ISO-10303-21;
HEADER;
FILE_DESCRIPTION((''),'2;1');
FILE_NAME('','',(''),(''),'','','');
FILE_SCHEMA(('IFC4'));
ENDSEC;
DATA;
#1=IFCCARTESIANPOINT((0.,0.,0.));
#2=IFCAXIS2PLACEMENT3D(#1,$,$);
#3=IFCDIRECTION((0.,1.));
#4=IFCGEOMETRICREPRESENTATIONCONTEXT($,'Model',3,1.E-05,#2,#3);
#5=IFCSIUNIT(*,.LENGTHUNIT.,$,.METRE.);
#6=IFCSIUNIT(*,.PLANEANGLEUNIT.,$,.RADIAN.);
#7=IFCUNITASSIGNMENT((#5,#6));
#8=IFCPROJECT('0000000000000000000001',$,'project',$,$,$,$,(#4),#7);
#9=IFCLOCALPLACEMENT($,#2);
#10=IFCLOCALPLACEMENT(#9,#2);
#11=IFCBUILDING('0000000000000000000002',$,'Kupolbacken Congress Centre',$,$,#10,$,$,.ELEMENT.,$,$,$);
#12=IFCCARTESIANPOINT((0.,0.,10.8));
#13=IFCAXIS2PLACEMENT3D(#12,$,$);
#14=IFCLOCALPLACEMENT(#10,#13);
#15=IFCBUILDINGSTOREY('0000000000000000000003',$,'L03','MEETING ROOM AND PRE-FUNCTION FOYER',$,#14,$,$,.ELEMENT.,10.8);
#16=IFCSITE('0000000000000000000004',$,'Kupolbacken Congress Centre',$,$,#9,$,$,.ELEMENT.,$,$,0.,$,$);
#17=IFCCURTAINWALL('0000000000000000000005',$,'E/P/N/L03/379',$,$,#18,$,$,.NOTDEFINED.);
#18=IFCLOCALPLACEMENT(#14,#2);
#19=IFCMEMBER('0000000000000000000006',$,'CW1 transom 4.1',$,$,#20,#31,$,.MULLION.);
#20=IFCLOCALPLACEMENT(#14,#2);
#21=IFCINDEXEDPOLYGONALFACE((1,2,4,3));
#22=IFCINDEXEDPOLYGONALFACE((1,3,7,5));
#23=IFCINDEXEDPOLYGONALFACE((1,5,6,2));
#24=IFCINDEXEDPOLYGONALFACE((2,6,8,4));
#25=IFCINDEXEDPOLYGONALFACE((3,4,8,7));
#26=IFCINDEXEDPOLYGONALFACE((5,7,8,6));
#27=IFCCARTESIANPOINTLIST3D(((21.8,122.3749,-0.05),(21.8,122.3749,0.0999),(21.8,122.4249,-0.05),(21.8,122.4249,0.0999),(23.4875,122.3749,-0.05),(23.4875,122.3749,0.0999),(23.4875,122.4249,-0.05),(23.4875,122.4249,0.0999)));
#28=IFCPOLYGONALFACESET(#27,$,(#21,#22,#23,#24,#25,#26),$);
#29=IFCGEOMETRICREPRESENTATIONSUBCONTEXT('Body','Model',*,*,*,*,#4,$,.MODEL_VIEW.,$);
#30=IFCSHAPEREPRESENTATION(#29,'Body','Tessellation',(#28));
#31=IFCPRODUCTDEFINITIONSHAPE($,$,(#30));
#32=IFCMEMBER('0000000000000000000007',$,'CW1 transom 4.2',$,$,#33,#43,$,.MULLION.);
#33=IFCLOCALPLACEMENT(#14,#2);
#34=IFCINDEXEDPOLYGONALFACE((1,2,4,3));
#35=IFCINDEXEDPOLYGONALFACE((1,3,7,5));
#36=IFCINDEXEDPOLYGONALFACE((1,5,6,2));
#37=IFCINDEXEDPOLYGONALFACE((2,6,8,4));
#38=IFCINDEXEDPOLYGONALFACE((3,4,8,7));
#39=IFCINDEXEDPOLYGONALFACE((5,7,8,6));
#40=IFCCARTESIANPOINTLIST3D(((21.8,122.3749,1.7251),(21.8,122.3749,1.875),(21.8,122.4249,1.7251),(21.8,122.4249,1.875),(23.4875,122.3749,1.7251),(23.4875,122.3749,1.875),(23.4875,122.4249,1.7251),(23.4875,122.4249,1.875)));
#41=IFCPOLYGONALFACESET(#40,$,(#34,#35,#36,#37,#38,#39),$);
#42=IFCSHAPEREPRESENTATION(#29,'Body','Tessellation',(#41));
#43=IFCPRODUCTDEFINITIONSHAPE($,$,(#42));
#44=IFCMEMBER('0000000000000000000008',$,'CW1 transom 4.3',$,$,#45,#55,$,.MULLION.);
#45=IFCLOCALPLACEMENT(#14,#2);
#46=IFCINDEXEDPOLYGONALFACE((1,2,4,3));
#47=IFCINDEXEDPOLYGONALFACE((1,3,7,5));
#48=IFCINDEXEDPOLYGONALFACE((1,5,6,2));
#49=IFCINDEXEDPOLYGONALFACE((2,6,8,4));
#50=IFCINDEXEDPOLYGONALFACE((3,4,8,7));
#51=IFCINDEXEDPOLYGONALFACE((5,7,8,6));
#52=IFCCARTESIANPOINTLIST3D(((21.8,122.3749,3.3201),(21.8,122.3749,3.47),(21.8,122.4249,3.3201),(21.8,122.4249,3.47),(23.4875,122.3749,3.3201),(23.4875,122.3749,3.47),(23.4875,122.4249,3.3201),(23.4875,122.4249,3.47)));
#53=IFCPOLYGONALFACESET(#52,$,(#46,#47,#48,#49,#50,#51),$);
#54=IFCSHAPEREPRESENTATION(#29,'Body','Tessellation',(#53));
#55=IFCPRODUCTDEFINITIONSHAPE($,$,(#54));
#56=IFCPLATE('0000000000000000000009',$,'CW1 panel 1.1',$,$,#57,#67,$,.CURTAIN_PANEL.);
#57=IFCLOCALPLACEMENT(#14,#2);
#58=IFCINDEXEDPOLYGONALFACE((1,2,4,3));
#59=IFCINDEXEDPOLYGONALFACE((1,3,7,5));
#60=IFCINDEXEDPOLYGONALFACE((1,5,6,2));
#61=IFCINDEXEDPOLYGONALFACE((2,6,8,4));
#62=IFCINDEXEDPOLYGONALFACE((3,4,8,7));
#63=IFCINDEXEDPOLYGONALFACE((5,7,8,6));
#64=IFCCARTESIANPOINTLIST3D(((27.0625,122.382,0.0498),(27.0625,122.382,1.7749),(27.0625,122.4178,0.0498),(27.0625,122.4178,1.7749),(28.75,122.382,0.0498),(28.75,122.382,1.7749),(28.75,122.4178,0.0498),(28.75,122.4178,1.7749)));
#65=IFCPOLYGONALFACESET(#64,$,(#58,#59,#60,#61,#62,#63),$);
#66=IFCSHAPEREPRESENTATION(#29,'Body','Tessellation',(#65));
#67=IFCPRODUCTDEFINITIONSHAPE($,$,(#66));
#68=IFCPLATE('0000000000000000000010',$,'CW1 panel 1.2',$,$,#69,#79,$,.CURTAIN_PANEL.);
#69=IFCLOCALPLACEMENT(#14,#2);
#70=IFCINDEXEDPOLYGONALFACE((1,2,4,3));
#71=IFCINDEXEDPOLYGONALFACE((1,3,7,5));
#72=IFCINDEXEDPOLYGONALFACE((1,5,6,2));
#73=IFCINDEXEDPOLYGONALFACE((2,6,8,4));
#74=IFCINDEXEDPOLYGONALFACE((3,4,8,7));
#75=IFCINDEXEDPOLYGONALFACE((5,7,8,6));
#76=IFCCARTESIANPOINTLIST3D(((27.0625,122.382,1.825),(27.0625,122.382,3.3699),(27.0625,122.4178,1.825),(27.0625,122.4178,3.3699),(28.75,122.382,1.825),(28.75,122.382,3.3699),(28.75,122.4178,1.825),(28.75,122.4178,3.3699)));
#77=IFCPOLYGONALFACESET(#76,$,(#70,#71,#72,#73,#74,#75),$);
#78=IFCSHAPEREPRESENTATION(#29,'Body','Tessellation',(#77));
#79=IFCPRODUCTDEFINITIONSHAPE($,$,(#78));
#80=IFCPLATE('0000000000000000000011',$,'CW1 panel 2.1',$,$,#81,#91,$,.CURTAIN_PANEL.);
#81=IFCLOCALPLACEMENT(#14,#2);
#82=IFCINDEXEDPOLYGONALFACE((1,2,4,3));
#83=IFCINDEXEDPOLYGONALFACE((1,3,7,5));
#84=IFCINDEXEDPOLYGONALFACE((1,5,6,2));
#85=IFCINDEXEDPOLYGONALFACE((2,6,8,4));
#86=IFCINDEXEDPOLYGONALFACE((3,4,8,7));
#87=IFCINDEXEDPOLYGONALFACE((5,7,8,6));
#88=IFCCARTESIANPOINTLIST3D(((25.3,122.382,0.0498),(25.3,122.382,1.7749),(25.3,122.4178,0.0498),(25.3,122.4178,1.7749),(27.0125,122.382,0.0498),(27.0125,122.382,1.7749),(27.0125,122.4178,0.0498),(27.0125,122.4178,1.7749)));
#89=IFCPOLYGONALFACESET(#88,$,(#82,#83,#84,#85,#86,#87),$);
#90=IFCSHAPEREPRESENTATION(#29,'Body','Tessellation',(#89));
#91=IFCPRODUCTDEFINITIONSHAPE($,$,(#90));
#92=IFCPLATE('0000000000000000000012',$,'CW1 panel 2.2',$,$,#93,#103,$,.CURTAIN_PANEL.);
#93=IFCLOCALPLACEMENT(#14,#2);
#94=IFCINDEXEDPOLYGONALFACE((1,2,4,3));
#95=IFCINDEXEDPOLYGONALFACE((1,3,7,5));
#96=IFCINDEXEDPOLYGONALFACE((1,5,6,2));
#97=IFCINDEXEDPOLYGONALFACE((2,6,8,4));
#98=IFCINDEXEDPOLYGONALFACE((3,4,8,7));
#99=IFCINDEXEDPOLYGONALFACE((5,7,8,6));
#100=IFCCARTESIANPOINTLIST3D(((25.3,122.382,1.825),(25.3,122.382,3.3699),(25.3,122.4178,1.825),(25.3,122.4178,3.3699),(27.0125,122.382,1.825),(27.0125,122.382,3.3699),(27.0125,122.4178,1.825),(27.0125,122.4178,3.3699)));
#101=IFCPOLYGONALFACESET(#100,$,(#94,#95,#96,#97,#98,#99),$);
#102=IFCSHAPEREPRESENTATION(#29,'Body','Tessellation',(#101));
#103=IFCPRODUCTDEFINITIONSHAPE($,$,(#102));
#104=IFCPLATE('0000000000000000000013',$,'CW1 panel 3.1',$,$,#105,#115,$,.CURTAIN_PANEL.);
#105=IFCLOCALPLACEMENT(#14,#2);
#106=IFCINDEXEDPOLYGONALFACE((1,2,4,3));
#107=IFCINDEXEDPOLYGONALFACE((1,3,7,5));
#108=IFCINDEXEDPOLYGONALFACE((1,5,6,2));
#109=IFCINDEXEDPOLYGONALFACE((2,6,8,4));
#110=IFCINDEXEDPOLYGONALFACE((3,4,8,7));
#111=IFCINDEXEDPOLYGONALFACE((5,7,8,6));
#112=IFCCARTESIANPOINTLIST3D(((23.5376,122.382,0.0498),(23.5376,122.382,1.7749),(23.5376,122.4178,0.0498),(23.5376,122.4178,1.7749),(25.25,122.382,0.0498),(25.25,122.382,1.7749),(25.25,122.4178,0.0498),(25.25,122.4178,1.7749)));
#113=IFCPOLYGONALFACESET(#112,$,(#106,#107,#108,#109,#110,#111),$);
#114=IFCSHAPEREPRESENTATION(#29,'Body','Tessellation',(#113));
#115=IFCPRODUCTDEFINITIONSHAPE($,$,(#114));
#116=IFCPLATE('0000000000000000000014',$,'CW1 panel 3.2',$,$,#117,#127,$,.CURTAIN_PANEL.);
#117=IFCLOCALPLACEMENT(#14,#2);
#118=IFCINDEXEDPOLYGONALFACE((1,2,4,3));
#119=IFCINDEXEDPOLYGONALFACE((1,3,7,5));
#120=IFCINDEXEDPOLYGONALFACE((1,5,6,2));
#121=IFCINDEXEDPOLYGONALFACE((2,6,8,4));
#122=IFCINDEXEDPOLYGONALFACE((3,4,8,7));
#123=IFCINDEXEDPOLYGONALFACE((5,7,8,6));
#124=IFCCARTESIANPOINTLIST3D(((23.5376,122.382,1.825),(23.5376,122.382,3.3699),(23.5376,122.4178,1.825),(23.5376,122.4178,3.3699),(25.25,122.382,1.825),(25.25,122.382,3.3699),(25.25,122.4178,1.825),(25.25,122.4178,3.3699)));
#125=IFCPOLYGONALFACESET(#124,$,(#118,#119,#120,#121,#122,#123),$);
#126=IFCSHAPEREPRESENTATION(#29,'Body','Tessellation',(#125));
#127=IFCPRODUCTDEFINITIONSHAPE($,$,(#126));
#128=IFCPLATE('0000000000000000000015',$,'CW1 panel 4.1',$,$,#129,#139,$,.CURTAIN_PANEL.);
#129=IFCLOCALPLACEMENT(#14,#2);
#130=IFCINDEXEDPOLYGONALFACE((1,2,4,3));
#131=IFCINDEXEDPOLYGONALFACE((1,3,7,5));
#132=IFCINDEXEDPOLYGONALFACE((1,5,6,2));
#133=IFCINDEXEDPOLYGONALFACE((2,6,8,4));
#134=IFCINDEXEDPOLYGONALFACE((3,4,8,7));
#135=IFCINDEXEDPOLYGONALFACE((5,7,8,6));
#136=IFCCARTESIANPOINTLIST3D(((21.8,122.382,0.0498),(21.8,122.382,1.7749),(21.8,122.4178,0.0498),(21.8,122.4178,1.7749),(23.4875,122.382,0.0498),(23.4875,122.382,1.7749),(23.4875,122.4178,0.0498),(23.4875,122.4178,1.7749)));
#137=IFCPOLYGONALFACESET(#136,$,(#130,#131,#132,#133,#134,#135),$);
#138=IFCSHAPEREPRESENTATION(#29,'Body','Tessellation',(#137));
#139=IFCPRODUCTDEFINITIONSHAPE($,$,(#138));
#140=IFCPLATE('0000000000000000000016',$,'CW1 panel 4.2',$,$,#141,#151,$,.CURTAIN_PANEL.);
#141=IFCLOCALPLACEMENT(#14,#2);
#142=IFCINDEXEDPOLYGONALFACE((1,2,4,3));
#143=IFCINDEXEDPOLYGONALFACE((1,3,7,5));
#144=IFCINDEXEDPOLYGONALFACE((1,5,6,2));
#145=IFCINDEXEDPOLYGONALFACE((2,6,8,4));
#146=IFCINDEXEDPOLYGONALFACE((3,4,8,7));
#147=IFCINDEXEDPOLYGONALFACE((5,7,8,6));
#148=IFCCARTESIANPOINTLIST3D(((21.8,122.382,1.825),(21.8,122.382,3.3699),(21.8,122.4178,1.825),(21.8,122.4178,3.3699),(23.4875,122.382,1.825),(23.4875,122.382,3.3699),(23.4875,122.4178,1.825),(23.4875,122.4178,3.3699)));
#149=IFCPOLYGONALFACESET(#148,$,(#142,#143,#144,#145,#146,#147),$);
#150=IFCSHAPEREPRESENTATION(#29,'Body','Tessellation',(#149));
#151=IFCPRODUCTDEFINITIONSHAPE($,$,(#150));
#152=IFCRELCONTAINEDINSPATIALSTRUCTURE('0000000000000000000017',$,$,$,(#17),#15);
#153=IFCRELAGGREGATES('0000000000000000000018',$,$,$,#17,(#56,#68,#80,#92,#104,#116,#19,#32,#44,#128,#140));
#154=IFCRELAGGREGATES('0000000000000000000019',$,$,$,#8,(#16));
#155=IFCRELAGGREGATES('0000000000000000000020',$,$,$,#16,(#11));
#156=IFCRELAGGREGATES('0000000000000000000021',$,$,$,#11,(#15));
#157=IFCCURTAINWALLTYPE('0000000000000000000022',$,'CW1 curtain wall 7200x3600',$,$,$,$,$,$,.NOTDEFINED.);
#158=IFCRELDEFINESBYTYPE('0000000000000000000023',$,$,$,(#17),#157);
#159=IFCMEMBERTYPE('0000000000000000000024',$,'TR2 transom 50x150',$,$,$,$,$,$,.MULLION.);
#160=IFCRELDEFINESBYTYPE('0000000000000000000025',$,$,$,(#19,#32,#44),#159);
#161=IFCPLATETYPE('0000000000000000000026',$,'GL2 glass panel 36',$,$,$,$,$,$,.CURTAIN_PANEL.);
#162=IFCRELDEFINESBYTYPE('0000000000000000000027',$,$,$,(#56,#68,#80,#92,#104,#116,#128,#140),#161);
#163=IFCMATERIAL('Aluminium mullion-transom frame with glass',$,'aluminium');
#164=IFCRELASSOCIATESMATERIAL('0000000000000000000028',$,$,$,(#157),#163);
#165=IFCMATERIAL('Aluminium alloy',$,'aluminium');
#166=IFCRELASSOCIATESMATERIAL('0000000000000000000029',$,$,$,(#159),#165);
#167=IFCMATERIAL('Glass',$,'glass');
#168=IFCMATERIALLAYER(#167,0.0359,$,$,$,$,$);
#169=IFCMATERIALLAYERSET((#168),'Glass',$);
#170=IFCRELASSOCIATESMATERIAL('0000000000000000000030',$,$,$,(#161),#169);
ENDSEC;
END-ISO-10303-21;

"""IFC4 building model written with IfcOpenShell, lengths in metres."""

from ifc_helpers import new_model, si_unit, direction, frame, origin, origin_2d, place, context, subcontext, project, spatial, rectangle, extrude, material, layer, layer_set, material_profile, profile_set, type_object, element, aggregate, save


model = new_model("IFC4")

# Units and contexts
model_context = context("Model", 3, precision=1e-05, world=origin(), true_north=direction((0.0, 1.0)))
body_context = subcontext(model_context, "Body", "Model", "MODEL_VIEW")
ifc_project = project(units=[si_unit("LENGTHUNIT", "METRE"), si_unit("PLANEANGLEUNIT", "RADIAN")], contexts=[model_context])

# Site, building, storey
site_placement = place(None, origin())
site = spatial("IfcSite", under=ifc_project, at=site_placement, Name="Kupolbacken Congress Centre", CompositionType="ELEMENT", RefElevation=0.0)
building_placement = place(site_placement, origin())
building = spatial("IfcBuilding", under=site, at=building_placement, Name="Kupolbacken Congress Centre", CompositionType="ELEMENT")
storey_placement = place(building_placement, frame((0.0, 0.0, 10.8)))
storey = spatial("IfcBuildingStorey", under=building, at=storey_placement, Name="L03", Description="MEETING ROOM AND PRE-FUNCTION FOYER", CompositionType="ELEMENT", Elevation=10.8)

# Curtain wall, members, plates
ifc_material_1 = material(Name="Aluminium mullion-transom frame with glass", Category="aluminium")
curtain_wall_type = type_object("IfcCurtainWallType", Name="CW1 curtain wall 7200x3600", PredefinedType="NOTDEFINED", material=ifc_material_1)
curtain_wall_placement = place(storey_placement, origin())
curtain_wall = element("IfcCurtainWall", 1, at=curtain_wall_placement, inside=storey, type_object=curtain_wall_type, Name="E/P/N/L03/379", PredefinedType="NOTDEFINED")
ifc_material_2 = material(Name="Aluminium alloy", Category="aluminium")
ifc_material_profile_1 = material_profile(ifc_material_2, rectangle(XDim=0.05, YDim=0.1499, at=origin_2d()), Name="50 x 150")
ifc_profile_set_1 = profile_set([ifc_material_profile_1], Name="Aluminium alloy")
member_type_1 = type_object("IfcMemberType", Name="TR2 transom 50x150", PredefinedType="MULLION", material=ifc_profile_set_1)
member_1_placement = place(storey_placement, frame((23.4875, 122.3999, 0.0249), z_axis=(-1.0, 0.0, 0.0), x_axis=(0.0, -1.0, 0.0)))
member_1 = element("IfcMember", 2, at=member_1_placement, type_object=member_type_1, Name="CW1 transom 4.1", PredefinedType="MULLION", context=body_context, shape_type="SweptSolid", body=[
    extrude(rectangle(XDim=0.05, YDim=0.1499, at=origin_2d()), origin(), (0.0, 0.0, 1.0), 1.6875),
])
member_2_placement = place(storey_placement, frame((23.4875, 122.3999, 1.8), z_axis=(-1.0, 0.0, 0.0), x_axis=(0.0, -1.0, 0.0)))
member_2 = element("IfcMember", 3, at=member_2_placement, type_object=member_type_1, Name="CW1 transom 4.2", PredefinedType="MULLION", context=body_context, shape_type="SweptSolid", body=[
    extrude(rectangle(XDim=0.05, YDim=0.1499, at=origin_2d()), origin(), (0.0, 0.0, 1.0), 1.6875),
])
member_3_placement = place(storey_placement, frame((23.4875, 122.3999, 3.395), z_axis=(-1.0, 0.0, 0.0), x_axis=(0.0, -1.0, 0.0)))
member_3 = element("IfcMember", 4, at=member_3_placement, type_object=member_type_1, Name="CW1 transom 4.3", PredefinedType="MULLION", context=body_context, shape_type="SweptSolid", body=[
    extrude(rectangle(XDim=0.05, YDim=0.1499, at=origin_2d()), origin(), (0.0, 0.0, 1.0), 1.6875),
])
ifc_material_3 = material(Name="Glass", Category="glass")
ifc_layer = layer(ifc_material_3, 0.0359)
ifc_layer_set = layer_set([ifc_layer], Name="Glass")
plate_type = type_object("IfcPlateType", Name="GL2 glass panel 36", PredefinedType="CURTAIN_PANEL", material=ifc_layer_set)
plate_1_placement = place(storey_placement, frame((27.9062, 122.3999, 0.0498), z_axis=(0.0, 0.0, 1.0), x_axis=(-1.0, 0.0, 0.0)))
plate_1 = element("IfcPlate", 5, at=plate_1_placement, type_object=plate_type, Name="CW1 panel 1.1", PredefinedType="CURTAIN_PANEL", context=body_context, shape_type="SweptSolid", body=[
    extrude(rectangle(XDim=1.6875, YDim=0.0359, at=origin_2d()), origin(), (0.0, 0.0, 1.0), 1.7251),
])
plate_2_placement = place(storey_placement, frame((27.9062, 122.3999, 1.825), z_axis=(0.0, 0.0, 1.0), x_axis=(-1.0, 0.0, 0.0)))
plate_2 = element("IfcPlate", 6, at=plate_2_placement, type_object=plate_type, Name="CW1 panel 1.2", PredefinedType="CURTAIN_PANEL", context=body_context, shape_type="SweptSolid", body=[
    extrude(rectangle(XDim=1.6875, YDim=0.0359, at=origin_2d()), origin(), (0.0, 0.0, 1.0), 1.5449),
])
plate_3_placement = place(storey_placement, frame((26.1562, 122.3999, 0.0498), z_axis=(0.0, 0.0, 1.0), x_axis=(-1.0, 0.0, 0.0)))
plate_3 = element("IfcPlate", 7, at=plate_3_placement, type_object=plate_type, Name="CW1 panel 2.1", PredefinedType="CURTAIN_PANEL", context=body_context, shape_type="SweptSolid", body=[
    extrude(rectangle(XDim=1.7124, YDim=0.0359, at=origin_2d()), origin(), (0.0, 0.0, 1.0), 1.7251),
])
plate_4_placement = place(storey_placement, frame((26.1562, 122.3999, 1.825), z_axis=(0.0, 0.0, 1.0), x_axis=(-1.0, 0.0, 0.0)))
plate_4 = element("IfcPlate", 8, at=plate_4_placement, type_object=plate_type, Name="CW1 panel 2.2", PredefinedType="CURTAIN_PANEL", context=body_context, shape_type="SweptSolid", body=[
    extrude(rectangle(XDim=1.7124, YDim=0.0359, at=origin_2d()), origin(), (0.0, 0.0, 1.0), 1.5449),
])
plate_5_placement = place(storey_placement, frame((24.3938, 122.3999, 0.0498), z_axis=(0.0, 0.0, 1.0), x_axis=(-1.0, 0.0, 0.0)))
plate_5 = element("IfcPlate", 9, at=plate_5_placement, type_object=plate_type, Name="CW1 panel 3.1", PredefinedType="CURTAIN_PANEL", context=body_context, shape_type="SweptSolid", body=[
    extrude(rectangle(XDim=1.7124, YDim=0.0359, at=origin_2d()), origin(), (0.0, 0.0, 1.0), 1.7251),
])
plate_6_placement = place(storey_placement, frame((24.3938, 122.3999, 1.825), z_axis=(0.0, 0.0, 1.0), x_axis=(-1.0, 0.0, 0.0)))
plate_6 = element("IfcPlate", 10, at=plate_6_placement, type_object=plate_type, Name="CW1 panel 3.2", PredefinedType="CURTAIN_PANEL", context=body_context, shape_type="SweptSolid", body=[
    extrude(rectangle(XDim=1.7124, YDim=0.0359, at=origin_2d()), origin(), (0.0, 0.0, 1.0), 1.5449),
])
plate_7_placement = place(storey_placement, frame((22.6438, 122.3999, 0.0498), z_axis=(0.0, 0.0, 1.0), x_axis=(-1.0, 0.0, 0.0)))
plate_7 = element("IfcPlate", 11, at=plate_7_placement, type_object=plate_type, Name="CW1 panel 4.1", PredefinedType="CURTAIN_PANEL", context=body_context, shape_type="SweptSolid", body=[
    extrude(rectangle(XDim=1.6875, YDim=0.0359, at=origin_2d()), origin(), (0.0, 0.0, 1.0), 1.7251),
])
plate_8_placement = place(storey_placement, frame((22.6438, 122.3999, 1.825), z_axis=(0.0, 0.0, 1.0), x_axis=(-1.0, 0.0, 0.0)))
plate_8 = element("IfcPlate", 12, at=plate_8_placement, type_object=plate_type, Name="CW1 panel 4.2", PredefinedType="CURTAIN_PANEL", context=body_context, shape_type="SweptSolid", body=[
    extrude(rectangle(XDim=1.6875, YDim=0.0359, at=origin_2d()), origin(), (0.0, 0.0, 1.0), 1.5449),
])
aggregate(curtain_wall, [plate_1, plate_2, plate_3, plate_4, plate_5, plate_6, member_1, member_2, member_3, plate_7, plate_8])

save(model, "model.ifc")
